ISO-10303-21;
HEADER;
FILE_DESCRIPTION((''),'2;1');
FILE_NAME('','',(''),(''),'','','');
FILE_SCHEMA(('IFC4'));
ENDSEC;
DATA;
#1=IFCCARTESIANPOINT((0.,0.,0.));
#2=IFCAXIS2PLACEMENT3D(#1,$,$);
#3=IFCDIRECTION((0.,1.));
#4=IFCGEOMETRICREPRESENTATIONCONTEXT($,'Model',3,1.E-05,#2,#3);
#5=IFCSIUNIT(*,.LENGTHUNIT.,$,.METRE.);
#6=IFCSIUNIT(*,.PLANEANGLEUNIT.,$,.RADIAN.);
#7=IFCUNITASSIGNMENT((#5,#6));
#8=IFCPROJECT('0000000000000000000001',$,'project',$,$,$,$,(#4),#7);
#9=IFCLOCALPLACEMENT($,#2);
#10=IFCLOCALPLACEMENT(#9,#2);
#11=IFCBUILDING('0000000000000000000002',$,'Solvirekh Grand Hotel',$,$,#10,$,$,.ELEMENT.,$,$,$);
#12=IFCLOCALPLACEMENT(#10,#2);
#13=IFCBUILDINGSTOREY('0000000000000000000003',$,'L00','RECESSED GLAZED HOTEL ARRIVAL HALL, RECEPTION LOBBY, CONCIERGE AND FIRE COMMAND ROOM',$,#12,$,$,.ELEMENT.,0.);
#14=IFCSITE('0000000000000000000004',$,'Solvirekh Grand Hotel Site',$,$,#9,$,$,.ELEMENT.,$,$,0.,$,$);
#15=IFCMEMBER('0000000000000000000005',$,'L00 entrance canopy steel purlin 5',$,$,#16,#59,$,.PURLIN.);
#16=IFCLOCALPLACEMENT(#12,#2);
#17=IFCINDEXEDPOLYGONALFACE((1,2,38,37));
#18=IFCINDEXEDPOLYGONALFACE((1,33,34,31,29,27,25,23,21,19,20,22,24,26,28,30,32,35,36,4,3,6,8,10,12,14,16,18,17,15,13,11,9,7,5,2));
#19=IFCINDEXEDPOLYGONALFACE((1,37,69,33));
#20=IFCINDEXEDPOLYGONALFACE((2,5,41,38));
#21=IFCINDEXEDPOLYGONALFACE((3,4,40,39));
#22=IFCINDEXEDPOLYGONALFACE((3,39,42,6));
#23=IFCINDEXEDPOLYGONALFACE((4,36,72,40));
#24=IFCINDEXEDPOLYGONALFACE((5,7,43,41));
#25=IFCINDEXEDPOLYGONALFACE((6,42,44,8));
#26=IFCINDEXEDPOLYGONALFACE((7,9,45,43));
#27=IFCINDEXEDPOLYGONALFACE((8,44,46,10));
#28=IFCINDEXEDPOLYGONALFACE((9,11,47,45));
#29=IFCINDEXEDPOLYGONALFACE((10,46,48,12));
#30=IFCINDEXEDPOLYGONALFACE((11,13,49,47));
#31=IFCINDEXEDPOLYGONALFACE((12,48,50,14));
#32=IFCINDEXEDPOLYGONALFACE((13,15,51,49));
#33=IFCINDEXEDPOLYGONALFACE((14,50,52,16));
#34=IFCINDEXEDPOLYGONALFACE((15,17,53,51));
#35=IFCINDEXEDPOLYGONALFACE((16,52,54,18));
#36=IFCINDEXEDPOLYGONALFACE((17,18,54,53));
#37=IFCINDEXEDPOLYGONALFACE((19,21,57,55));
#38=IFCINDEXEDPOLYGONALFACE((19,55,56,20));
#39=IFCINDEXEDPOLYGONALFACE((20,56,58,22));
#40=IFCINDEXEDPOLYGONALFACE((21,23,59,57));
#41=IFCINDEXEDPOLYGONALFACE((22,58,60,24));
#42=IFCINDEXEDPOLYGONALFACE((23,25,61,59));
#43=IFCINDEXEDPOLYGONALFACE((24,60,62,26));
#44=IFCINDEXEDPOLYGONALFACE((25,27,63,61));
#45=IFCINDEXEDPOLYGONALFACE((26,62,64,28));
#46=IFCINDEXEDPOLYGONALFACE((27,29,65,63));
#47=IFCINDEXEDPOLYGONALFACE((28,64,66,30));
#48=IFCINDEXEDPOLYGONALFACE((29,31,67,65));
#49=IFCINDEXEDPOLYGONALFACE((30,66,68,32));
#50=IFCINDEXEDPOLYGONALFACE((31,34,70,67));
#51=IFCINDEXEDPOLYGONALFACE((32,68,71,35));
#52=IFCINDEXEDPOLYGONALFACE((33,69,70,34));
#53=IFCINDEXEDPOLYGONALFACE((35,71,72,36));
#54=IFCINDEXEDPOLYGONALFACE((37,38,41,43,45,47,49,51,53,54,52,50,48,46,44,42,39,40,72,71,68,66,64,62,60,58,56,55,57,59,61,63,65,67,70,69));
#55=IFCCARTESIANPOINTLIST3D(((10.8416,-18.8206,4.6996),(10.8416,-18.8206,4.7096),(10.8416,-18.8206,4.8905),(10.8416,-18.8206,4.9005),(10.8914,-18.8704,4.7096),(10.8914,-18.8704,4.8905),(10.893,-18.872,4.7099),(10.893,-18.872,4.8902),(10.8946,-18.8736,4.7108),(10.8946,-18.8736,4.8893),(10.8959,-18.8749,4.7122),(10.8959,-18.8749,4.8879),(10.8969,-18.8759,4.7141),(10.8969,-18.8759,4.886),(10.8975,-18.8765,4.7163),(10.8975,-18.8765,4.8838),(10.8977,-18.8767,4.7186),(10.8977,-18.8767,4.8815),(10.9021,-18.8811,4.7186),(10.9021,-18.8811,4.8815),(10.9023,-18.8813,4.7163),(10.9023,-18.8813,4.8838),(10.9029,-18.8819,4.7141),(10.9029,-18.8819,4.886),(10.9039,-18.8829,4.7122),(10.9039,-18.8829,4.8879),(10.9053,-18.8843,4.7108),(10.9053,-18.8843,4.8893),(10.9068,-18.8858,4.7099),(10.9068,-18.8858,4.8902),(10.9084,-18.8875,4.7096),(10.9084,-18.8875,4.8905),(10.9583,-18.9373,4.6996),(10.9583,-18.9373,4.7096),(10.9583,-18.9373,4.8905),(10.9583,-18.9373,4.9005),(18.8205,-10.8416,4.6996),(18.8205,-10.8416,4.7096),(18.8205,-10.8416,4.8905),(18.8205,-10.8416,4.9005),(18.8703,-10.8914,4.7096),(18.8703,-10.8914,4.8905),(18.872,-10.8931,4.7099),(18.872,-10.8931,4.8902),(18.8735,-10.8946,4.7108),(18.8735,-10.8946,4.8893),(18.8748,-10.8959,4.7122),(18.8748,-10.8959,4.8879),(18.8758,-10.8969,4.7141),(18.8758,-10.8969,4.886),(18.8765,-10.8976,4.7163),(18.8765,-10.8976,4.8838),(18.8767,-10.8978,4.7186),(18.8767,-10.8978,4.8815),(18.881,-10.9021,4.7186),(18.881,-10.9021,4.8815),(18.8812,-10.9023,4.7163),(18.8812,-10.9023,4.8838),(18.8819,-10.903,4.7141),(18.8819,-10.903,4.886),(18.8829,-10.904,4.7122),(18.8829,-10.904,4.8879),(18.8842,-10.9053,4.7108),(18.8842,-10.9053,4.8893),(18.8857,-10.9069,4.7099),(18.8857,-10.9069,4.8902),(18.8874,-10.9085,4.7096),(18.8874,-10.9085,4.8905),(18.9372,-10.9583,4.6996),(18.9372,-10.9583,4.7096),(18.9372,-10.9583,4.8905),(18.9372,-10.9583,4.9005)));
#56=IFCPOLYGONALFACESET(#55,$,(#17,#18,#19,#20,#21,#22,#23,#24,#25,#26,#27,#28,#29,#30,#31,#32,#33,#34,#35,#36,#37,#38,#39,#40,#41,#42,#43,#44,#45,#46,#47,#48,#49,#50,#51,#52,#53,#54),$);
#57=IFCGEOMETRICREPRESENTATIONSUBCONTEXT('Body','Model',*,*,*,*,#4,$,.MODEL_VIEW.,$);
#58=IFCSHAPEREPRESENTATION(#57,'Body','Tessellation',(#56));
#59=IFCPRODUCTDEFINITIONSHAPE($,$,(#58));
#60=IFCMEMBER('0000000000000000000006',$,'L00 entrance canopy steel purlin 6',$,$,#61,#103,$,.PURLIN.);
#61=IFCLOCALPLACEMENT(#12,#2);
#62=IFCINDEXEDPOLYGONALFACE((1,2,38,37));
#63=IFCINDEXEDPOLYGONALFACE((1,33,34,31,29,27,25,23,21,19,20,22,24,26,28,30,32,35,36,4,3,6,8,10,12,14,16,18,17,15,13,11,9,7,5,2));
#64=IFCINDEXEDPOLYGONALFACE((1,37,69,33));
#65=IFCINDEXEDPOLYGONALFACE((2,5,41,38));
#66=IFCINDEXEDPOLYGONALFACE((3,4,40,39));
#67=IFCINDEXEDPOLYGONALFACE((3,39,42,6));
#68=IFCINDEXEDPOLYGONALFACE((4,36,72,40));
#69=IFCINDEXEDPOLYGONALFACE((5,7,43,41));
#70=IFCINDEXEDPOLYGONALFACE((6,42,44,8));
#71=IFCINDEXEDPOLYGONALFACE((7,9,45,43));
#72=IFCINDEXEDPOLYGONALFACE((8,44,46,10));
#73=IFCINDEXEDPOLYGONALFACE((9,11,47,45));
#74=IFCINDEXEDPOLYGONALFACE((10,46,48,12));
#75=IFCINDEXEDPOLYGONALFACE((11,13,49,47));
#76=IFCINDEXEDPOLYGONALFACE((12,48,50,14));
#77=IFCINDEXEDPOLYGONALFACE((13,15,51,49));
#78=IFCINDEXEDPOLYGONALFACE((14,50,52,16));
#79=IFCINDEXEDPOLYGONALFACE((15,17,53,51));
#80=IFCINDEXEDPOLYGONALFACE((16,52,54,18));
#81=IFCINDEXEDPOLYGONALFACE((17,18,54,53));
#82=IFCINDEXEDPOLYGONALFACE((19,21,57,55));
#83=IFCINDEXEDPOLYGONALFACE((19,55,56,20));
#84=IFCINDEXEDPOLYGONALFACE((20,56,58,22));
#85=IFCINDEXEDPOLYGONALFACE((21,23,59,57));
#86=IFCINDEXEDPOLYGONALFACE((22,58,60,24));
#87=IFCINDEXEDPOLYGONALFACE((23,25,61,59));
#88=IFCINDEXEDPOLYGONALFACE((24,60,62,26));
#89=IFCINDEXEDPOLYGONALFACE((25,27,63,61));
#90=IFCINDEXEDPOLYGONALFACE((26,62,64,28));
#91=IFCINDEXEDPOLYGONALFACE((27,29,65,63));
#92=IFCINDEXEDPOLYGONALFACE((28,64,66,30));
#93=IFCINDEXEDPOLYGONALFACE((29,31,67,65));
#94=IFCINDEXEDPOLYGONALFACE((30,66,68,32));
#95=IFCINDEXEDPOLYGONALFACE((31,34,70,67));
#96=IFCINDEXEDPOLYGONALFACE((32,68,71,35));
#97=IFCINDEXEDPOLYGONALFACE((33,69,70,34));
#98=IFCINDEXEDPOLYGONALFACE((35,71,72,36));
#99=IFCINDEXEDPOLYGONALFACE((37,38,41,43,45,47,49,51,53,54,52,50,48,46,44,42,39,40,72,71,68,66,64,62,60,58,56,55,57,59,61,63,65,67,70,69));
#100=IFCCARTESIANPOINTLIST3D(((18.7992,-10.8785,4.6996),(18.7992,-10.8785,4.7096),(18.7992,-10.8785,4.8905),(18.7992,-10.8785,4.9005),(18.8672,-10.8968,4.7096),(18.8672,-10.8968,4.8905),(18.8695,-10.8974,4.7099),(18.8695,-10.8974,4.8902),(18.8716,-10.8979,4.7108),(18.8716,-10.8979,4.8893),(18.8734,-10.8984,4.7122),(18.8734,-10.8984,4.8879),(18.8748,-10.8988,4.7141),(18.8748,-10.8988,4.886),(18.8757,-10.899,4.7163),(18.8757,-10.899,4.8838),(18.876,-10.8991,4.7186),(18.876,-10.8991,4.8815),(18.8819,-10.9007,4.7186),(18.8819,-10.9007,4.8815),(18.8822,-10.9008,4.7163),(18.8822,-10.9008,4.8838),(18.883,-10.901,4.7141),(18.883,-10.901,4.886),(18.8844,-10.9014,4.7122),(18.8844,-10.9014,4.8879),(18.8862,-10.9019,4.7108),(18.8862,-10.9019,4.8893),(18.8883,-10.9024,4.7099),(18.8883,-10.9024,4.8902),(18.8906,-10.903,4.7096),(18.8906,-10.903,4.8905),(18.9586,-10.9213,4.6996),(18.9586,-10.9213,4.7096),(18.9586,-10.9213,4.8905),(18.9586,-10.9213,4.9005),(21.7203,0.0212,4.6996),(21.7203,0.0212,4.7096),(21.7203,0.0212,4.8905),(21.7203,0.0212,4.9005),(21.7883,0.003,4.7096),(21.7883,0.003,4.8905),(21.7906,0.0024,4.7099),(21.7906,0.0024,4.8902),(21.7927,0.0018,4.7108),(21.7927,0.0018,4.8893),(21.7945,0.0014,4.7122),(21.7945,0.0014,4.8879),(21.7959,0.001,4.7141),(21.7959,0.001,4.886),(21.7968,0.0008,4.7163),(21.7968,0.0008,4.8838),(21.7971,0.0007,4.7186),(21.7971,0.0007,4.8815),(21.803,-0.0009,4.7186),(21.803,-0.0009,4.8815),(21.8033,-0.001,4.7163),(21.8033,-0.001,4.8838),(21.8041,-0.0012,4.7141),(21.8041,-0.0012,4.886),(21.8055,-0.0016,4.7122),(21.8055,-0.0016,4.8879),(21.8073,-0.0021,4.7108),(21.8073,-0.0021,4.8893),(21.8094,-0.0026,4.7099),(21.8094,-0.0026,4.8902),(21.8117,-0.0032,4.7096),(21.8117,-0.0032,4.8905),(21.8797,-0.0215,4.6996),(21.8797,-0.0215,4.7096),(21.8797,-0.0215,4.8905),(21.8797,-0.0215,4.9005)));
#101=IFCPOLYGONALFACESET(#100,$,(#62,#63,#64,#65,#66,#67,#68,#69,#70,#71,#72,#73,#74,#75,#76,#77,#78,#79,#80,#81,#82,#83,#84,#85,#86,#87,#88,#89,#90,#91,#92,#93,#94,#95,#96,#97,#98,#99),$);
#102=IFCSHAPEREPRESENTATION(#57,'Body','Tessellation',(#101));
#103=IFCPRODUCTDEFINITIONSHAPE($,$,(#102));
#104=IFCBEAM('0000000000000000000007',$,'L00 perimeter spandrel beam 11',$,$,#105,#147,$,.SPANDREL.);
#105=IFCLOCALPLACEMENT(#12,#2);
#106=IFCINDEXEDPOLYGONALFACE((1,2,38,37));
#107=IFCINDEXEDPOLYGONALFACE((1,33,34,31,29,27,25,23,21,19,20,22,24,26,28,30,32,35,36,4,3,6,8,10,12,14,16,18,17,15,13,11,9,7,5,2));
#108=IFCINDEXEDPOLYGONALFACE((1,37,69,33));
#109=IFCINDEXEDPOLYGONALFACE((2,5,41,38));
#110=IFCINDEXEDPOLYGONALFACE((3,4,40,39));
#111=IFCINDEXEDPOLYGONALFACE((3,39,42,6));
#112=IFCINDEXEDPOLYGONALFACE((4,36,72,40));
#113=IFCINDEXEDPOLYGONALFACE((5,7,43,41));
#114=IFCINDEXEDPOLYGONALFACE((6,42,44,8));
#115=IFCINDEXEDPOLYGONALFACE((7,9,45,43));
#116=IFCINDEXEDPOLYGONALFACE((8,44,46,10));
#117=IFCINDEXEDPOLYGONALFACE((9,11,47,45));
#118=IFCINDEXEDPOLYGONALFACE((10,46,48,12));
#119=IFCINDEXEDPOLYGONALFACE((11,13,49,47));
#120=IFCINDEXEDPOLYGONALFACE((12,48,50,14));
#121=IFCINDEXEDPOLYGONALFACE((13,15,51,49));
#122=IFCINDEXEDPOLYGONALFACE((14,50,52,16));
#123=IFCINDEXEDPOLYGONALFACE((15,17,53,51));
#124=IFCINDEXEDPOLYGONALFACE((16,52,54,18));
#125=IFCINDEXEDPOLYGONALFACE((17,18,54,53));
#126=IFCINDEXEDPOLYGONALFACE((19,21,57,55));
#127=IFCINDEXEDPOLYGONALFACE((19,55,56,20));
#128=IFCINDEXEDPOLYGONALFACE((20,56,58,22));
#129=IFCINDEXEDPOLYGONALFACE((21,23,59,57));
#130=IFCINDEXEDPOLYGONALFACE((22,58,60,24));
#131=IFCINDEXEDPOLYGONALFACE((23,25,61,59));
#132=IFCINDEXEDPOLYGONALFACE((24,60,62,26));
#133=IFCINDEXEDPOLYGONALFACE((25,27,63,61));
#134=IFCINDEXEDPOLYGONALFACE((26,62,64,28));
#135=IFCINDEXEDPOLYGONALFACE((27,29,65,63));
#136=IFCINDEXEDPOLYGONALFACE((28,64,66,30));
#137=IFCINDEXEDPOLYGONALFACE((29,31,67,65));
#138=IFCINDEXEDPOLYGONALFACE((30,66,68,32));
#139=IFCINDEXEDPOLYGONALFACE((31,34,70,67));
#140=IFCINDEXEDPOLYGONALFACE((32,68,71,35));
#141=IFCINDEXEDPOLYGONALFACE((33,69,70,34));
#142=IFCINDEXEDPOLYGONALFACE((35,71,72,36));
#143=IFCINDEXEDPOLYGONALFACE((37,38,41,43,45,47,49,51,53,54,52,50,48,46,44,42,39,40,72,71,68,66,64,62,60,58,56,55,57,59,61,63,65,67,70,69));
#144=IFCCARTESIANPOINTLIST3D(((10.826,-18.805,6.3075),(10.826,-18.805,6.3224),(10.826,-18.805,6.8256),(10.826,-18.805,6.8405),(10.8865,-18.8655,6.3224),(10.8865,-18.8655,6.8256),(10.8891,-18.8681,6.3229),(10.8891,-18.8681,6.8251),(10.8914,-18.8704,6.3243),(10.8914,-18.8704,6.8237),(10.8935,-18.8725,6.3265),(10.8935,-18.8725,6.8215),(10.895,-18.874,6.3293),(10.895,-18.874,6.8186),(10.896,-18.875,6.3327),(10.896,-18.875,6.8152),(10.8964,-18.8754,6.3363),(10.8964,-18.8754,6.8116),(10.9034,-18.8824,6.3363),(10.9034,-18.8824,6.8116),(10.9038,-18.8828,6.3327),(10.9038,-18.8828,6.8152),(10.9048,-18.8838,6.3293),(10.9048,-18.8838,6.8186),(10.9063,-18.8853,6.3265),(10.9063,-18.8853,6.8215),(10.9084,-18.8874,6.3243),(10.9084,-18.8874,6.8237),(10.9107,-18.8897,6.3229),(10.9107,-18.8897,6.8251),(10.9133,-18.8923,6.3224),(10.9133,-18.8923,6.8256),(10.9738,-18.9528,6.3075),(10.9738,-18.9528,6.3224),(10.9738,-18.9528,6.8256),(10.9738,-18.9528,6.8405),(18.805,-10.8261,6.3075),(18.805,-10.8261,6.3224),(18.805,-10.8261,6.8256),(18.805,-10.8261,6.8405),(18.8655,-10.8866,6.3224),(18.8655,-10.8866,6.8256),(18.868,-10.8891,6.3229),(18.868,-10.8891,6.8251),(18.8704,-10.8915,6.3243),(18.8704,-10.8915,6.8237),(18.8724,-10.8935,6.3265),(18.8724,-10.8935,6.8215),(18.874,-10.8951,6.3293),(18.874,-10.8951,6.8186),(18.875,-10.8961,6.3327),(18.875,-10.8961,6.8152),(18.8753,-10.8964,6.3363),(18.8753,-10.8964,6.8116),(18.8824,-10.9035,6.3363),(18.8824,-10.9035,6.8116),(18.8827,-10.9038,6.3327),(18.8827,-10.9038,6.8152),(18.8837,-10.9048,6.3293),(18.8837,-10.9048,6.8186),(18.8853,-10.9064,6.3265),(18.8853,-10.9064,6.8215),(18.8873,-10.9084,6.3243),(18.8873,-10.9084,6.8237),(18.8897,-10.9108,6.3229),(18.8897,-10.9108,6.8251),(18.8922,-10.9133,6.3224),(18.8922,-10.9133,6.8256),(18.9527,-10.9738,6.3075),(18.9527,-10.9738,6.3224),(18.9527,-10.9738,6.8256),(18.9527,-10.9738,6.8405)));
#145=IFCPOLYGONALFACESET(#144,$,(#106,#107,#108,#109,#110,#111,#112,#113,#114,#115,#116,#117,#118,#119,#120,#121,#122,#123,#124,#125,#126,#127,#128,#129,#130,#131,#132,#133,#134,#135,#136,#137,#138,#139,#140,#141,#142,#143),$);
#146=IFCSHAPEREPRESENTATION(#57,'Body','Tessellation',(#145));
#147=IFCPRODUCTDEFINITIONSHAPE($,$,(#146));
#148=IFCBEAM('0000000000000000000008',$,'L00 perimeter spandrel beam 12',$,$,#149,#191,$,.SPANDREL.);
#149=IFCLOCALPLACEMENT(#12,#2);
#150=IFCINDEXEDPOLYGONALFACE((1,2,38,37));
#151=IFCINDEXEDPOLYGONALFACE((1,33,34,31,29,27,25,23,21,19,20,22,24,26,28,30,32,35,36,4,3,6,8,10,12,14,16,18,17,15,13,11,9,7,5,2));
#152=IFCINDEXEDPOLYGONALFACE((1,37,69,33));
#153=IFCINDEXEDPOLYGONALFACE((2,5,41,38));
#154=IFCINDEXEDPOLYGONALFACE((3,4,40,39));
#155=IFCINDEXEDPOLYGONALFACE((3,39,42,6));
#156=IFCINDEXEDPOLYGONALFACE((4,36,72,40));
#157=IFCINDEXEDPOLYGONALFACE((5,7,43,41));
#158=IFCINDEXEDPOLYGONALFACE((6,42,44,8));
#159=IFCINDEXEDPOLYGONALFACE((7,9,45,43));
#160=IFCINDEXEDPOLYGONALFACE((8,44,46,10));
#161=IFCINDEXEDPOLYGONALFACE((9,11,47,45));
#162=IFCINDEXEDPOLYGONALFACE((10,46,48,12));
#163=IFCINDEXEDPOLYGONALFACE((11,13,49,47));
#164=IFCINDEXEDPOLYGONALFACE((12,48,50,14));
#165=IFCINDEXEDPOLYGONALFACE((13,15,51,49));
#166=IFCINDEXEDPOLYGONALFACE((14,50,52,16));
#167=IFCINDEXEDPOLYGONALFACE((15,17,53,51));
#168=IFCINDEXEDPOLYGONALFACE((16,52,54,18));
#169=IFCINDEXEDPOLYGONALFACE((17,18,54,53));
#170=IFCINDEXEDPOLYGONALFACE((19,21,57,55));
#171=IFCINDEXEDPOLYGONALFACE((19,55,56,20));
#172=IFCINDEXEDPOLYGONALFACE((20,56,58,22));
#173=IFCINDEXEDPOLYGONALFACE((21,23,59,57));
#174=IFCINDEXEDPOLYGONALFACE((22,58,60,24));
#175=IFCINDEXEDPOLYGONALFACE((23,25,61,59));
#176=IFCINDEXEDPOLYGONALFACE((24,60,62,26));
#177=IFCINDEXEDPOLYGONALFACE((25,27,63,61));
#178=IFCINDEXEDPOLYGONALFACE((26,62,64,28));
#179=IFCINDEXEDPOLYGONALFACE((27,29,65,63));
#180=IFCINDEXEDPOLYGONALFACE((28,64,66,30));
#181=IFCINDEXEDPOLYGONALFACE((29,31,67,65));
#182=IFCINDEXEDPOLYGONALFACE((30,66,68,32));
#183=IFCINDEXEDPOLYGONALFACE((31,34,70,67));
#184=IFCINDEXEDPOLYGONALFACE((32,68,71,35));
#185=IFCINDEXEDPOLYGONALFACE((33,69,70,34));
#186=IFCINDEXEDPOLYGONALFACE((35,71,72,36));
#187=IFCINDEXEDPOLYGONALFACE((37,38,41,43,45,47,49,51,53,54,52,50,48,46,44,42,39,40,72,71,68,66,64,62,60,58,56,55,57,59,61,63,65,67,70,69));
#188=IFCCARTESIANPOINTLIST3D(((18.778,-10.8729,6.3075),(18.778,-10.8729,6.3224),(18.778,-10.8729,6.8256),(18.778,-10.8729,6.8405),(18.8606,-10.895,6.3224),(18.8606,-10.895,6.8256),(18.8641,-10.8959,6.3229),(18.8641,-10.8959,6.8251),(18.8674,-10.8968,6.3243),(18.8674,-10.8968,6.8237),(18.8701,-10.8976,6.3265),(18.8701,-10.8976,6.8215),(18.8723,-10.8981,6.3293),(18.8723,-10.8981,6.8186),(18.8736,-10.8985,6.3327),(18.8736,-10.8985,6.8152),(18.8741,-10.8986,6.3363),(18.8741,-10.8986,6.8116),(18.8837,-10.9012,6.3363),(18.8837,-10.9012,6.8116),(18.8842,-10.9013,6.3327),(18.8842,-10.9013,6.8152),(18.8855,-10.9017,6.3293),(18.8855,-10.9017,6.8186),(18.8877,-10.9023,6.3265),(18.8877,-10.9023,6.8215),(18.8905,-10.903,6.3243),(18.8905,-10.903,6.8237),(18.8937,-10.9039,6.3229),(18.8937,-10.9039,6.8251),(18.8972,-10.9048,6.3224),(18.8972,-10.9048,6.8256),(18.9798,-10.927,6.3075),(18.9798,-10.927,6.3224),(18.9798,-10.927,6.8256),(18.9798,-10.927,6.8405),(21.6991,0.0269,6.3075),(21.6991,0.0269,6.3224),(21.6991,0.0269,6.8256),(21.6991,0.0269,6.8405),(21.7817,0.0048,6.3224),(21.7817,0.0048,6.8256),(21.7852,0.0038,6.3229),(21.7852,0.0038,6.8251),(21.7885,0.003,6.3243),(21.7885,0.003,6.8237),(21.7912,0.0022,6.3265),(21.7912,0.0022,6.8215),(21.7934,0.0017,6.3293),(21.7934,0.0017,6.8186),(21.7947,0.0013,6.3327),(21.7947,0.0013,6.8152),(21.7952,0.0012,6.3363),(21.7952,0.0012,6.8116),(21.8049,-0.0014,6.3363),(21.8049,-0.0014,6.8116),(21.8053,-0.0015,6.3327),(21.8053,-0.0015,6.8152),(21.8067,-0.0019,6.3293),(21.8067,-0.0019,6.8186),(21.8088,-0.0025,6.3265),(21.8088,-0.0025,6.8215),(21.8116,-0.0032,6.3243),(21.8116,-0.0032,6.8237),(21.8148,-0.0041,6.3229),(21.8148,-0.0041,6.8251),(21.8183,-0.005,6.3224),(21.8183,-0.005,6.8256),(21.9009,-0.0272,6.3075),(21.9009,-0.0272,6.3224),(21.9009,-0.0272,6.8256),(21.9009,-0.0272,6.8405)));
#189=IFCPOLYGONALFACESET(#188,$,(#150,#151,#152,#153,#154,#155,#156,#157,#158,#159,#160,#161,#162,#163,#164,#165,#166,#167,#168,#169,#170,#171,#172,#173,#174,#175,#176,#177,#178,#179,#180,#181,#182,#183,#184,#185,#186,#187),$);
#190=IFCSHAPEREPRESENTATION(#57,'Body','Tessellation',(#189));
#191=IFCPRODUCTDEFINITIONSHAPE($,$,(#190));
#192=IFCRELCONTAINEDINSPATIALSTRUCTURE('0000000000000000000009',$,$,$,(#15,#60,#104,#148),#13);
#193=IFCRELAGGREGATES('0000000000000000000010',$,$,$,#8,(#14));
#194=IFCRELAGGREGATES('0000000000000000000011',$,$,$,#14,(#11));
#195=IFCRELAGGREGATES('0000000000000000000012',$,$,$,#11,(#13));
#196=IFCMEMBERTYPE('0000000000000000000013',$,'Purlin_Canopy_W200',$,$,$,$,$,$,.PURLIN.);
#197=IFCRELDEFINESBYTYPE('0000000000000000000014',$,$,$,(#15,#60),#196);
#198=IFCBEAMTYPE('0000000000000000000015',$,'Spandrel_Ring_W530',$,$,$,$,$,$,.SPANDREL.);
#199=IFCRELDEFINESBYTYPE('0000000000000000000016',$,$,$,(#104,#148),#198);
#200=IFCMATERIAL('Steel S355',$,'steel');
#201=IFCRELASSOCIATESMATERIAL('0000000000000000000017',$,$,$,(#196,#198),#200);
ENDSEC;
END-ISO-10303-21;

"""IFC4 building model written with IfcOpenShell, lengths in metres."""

from ifc_helpers import new_model, si_unit, direction, frame, origin, origin_2d, place, context, subcontext, project, spatial, i_section, extrude, material, material_profile, profile_set, type_object, element, save


model = new_model("IFC4")

# Units and contexts
model_context = context("Model", 3, precision=1e-05, world=origin(), true_north=direction((0.0, 1.0)))
body_context = subcontext(model_context, "Body", "Model", "MODEL_VIEW")
ifc_project = project(units=[si_unit("LENGTHUNIT", "METRE"), si_unit("PLANEANGLEUNIT", "RADIAN")], contexts=[model_context])

# Site, building, storey
site_placement = place(None, origin())
site = spatial("IfcSite", under=ifc_project, at=site_placement, Name="Solvirekh Grand Hotel Site", CompositionType="ELEMENT", RefElevation=0.0)
building_placement = place(site_placement, origin())
building = spatial("IfcBuilding", under=site, at=building_placement, Name="Solvirekh Grand Hotel", CompositionType="ELEMENT")
storey_placement = place(building_placement, origin())
storey = spatial("IfcBuildingStorey", under=building, at=storey_placement, Name="L00", Description="RECESSED GLAZED HOTEL ARRIVAL HALL, RECEPTION LOBBY, CONCIERGE AND FIRE COMMAND ROOM", CompositionType="ELEMENT", Elevation=0.0)

# Members
ifc_material_1 = material(Name="Steel S355", Category="steel")
ifc_material_profile_1 = material_profile(ifc_material_1, i_section(OverallWidth=0.165, OverallDepth=0.2009, WebThickness=0.0061, FlangeThickness=0.01, FilletRadius=0.009, at=origin_2d()), Name="W200X36")
ifc_profile_set_1 = profile_set([ifc_material_profile_1], Name="Steel S355")
member_type_1 = type_object("IfcMemberType", Name="Purlin_Canopy_W200", PredefinedType="PURLIN", material=ifc_profile_set_1)
member_1_placement = place(storey_placement, frame((10.8999, -18.8789, 4.8), z_axis=(0.707107, 0.707107, 0.0), x_axis=(-0.707107, 0.707107, 0.0)))
element("IfcMember", 1, at=member_1_placement, inside=storey, type_object=member_type_1, Name="L00 entrance canopy steel purlin 5", PredefinedType="PURLIN", context=body_context, shape_type="SweptSolid", body=[
    extrude(i_section(OverallWidth=0.165, OverallDepth=0.2009, WebThickness=0.0061, FlangeThickness=0.01, FilletRadius=0.009, at=origin_2d()), origin(), (0.0, 0.0, 1.0), 11.2839),
])
member_2_placement = place(storey_placement, frame((18.8789, -10.8999, 4.8), z_axis=(0.258862, 0.965914, 0.0), x_axis=(-0.965914, 0.258862, 0.0)))
element("IfcMember", 2, at=member_2_placement, inside=storey, type_object=member_type_1, Name="L00 entrance canopy steel purlin 6", PredefinedType="PURLIN", context=body_context, shape_type="SweptSolid", body=[
    extrude(i_section(OverallWidth=0.165, OverallDepth=0.2009, WebThickness=0.0061, FlangeThickness=0.01, FilletRadius=0.009, at=origin_2d()), origin(), (0.0, 0.0, 1.0), 11.2844),
])

# Beams
ifc_material_profile_2 = material_profile(ifc_material_1, i_section(OverallWidth=0.209, OverallDepth=0.533, WebThickness=0.01, FlangeThickness=0.0149, FilletRadius=0.0139, at=origin_2d()), Name="W530X92")
ifc_profile_set_2 = profile_set([ifc_material_profile_2], Name="Steel S355")
beam_type = type_object("IfcBeamType", Name="Spandrel_Ring_W530", PredefinedType="SPANDREL", material=ifc_profile_set_2)
beam_1_placement = place(storey_placement, frame((10.8999, -18.8789, 6.574), z_axis=(0.707107, 0.707107, 0.0), x_axis=(-0.707107, 0.707107, 0.0)))
element("IfcBeam", 3, at=beam_1_placement, inside=storey, type_object=beam_type, Name="L00 perimeter spandrel beam 11", PredefinedType="SPANDREL", context=body_context, shape_type="SweptSolid", body=[
    extrude(i_section(OverallWidth=0.209, OverallDepth=0.533, WebThickness=0.01, FlangeThickness=0.0149, FilletRadius=0.0139, at=origin_2d()), origin(), (0.0, 0.0, 1.0), 11.2839),
])
beam_2_placement = place(storey_placement, frame((18.8789, -10.8999, 6.574), z_axis=(0.258862, 0.965914, 0.0), x_axis=(-0.965914, 0.258862, 0.0)))
element("IfcBeam", 4, at=beam_2_placement, inside=storey, type_object=beam_type, Name="L00 perimeter spandrel beam 12", PredefinedType="SPANDREL", context=body_context, shape_type="SweptSolid", body=[
    extrude(i_section(OverallWidth=0.209, OverallDepth=0.533, WebThickness=0.01, FlangeThickness=0.0149, FilletRadius=0.0139, at=origin_2d()), origin(), (0.0, 0.0, 1.0), 11.2844),
])

save(model, "model.ifc")
